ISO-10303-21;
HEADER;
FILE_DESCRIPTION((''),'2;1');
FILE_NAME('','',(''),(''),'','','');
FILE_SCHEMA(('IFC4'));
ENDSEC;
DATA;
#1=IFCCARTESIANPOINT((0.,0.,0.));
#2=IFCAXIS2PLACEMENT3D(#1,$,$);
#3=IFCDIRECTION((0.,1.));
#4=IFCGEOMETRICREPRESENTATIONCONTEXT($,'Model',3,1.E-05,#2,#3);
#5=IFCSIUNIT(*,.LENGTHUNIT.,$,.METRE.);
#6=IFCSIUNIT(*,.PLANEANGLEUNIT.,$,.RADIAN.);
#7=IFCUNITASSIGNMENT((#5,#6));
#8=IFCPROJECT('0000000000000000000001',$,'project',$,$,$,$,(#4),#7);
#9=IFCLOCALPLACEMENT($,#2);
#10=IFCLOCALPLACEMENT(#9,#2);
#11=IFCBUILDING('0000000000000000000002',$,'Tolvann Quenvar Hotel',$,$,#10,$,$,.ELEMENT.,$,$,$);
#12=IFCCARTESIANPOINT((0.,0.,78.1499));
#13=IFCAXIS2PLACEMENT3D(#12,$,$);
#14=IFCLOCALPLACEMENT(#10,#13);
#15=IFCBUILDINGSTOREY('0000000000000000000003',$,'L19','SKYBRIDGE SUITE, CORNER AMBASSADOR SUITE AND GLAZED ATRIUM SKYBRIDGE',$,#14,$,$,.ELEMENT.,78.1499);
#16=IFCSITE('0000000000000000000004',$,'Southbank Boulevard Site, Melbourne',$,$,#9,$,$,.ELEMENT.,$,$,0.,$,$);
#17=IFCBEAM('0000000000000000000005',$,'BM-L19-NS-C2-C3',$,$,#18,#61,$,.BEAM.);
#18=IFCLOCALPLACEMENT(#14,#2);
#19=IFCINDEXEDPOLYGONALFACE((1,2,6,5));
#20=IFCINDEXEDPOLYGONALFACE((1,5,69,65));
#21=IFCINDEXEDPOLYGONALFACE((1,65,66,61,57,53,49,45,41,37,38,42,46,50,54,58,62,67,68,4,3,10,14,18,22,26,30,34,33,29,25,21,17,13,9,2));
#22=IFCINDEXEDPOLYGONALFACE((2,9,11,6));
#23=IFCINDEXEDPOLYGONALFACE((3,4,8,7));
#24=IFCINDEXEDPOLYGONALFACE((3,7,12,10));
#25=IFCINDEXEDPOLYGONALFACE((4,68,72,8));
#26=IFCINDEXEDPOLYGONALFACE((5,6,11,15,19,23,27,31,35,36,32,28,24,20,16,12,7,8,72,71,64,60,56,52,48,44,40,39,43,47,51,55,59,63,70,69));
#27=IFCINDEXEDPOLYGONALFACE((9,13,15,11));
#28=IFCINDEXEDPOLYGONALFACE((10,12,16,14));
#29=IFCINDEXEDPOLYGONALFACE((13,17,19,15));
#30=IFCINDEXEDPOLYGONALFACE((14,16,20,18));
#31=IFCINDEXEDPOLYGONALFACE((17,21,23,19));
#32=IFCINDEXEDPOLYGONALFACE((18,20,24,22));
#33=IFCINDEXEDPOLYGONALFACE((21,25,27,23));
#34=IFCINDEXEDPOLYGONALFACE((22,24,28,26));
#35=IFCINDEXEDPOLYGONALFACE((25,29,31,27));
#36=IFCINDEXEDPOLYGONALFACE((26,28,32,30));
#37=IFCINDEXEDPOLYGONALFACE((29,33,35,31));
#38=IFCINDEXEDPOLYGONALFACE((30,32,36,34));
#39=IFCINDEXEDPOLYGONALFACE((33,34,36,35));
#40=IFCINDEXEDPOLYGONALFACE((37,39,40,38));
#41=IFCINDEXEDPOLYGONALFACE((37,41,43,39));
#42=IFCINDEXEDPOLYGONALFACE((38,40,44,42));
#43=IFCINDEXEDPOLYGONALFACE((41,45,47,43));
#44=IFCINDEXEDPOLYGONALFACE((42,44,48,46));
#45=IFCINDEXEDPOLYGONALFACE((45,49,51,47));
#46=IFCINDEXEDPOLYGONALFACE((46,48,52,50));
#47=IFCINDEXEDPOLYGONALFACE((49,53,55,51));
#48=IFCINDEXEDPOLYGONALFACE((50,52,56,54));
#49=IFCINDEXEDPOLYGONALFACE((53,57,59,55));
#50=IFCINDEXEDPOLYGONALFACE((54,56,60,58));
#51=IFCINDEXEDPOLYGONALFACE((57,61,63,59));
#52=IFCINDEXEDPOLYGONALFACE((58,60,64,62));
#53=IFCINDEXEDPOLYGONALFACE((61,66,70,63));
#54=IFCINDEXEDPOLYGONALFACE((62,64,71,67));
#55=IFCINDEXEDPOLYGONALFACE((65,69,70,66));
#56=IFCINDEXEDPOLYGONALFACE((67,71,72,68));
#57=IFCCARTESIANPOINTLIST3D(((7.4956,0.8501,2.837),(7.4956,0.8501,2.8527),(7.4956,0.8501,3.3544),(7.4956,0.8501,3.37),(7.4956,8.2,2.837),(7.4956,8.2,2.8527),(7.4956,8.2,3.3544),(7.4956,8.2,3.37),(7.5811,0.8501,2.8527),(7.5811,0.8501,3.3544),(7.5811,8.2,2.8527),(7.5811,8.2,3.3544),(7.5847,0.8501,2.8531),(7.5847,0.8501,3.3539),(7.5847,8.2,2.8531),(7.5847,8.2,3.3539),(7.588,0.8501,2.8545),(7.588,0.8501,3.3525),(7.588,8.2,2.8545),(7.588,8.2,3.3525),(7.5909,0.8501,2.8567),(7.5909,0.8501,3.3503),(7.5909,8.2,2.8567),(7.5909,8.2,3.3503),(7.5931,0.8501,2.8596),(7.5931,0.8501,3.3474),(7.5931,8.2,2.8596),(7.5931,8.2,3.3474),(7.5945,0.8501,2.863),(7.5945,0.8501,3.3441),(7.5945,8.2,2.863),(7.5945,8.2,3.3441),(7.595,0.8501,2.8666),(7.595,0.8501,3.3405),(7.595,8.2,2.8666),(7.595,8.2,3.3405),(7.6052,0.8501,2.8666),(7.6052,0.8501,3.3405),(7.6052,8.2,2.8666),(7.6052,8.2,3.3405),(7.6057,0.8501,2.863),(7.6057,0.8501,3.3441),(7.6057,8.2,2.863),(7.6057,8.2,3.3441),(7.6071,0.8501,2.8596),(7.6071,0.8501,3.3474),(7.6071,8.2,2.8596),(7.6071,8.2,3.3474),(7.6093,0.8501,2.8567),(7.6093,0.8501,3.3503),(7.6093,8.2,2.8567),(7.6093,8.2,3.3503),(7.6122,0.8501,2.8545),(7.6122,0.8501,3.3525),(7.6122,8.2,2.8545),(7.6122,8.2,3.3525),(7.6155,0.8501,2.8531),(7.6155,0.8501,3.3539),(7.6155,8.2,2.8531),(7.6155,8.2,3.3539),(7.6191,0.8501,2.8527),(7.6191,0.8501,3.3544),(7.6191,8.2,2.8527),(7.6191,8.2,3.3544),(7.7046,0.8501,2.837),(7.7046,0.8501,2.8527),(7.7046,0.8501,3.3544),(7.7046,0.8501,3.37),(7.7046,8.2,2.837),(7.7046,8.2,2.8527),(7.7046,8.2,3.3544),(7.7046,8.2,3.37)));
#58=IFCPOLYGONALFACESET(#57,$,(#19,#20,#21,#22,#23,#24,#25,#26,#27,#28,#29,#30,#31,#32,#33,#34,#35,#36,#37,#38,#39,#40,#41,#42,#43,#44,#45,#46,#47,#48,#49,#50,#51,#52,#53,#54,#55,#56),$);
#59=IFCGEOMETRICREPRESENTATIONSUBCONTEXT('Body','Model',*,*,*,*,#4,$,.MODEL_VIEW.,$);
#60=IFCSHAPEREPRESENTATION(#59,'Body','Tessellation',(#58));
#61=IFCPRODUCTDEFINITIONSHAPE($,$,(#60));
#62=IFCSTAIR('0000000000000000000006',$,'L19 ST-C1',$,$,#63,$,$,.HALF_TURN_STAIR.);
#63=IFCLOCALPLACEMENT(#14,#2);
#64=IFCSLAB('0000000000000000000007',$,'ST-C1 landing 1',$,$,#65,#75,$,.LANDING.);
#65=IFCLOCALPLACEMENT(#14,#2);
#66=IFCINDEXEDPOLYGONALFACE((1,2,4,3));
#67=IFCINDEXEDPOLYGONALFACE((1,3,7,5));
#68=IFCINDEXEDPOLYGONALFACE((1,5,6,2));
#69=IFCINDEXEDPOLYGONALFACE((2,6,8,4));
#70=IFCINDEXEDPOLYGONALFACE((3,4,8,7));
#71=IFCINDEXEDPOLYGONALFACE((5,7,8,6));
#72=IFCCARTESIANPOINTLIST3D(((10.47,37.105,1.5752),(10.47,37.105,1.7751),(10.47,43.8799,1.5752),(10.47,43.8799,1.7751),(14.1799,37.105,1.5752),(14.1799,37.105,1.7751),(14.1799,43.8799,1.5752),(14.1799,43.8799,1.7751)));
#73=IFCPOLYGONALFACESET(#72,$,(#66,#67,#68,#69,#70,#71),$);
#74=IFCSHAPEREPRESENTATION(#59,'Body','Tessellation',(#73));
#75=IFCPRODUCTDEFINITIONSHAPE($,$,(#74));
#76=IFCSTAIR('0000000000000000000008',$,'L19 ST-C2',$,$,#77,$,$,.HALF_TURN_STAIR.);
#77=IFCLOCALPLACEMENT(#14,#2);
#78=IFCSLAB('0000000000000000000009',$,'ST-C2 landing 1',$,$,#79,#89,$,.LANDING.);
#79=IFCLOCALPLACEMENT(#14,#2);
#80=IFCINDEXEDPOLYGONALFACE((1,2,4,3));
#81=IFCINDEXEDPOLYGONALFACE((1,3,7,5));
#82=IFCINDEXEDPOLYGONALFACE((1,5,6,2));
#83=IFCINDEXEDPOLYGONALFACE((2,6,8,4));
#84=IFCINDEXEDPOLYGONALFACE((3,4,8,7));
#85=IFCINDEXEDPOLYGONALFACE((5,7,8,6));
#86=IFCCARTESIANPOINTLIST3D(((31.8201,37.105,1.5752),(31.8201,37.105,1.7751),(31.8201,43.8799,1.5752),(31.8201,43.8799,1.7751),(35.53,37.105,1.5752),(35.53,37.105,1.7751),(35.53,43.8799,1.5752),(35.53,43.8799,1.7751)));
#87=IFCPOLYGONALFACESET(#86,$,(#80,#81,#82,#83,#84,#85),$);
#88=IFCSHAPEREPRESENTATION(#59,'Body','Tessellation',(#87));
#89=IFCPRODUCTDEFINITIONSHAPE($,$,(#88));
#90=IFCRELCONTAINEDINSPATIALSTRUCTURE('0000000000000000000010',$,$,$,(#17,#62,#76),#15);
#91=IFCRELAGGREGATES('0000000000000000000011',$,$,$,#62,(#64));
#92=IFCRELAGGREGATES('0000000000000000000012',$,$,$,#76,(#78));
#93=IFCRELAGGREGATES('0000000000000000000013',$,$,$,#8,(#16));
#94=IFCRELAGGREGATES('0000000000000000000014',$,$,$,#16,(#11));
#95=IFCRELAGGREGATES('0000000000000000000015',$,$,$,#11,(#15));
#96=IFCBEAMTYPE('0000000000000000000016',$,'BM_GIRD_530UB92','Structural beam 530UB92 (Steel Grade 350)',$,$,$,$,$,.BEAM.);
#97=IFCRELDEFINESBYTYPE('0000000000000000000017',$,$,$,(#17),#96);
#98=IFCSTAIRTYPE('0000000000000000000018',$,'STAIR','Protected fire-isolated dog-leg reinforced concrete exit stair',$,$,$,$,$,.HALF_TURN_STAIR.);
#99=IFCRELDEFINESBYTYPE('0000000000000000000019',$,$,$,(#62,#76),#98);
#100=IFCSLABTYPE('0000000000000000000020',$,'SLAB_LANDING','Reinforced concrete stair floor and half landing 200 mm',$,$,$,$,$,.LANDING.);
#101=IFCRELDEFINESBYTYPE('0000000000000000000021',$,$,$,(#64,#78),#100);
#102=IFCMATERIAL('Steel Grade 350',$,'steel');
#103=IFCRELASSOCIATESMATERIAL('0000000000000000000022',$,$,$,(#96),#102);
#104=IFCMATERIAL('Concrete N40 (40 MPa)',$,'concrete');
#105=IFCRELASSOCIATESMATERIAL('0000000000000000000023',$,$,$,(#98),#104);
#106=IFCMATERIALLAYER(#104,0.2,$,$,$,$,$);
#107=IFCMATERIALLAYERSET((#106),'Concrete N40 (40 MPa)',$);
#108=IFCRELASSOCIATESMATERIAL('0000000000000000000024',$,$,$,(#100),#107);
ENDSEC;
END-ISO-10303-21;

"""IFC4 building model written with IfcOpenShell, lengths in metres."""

from ifc_helpers import new_model, si_unit, direction, frame, origin, origin_2d, place, context, subcontext, project, spatial, polyline, i_section, outline, extrude, source, transform, mapped, material, layer, layer_set, material_profile, profile_set, type_object, type_shapes, element, aggregate, save


model = new_model("IFC4")

# Units and contexts
model_context = context("Model", 3, precision=1e-05, world=origin(), true_north=direction((0.0, 1.0)))
body_context = subcontext(model_context, "Body", "Model", "MODEL_VIEW")
ifc_project = project(units=[si_unit("LENGTHUNIT", "METRE"), si_unit("PLANEANGLEUNIT", "RADIAN")], contexts=[model_context])

# Site, building, storey
site_placement = place(None, origin())
site = spatial("IfcSite", under=ifc_project, at=site_placement, Name="Southbank Boulevard Site, Melbourne", CompositionType="ELEMENT", RefElevation=0.0)
building_placement = place(site_placement, origin())
building = spatial("IfcBuilding", under=site, at=building_placement, Name="Tolvann Quenvar Hotel", CompositionType="ELEMENT")
storey_placement = place(building_placement, frame((0.0, 0.0, 78.1499)))
storey = spatial("IfcBuildingStorey", under=building, at=storey_placement, Name="L19", Description="SKYBRIDGE SUITE, CORNER AMBASSADOR SUITE AND GLAZED ATRIUM SKYBRIDGE", CompositionType="ELEMENT", Elevation=78.1499)

# Beam
ifc_material_1 = material(Name="Steel Grade 350", Category="steel")
ifc_material_profile_1 = material_profile(ifc_material_1, i_section(OverallWidth=0.209, OverallDepth=0.533, WebThickness=0.0103, FlangeThickness=0.0156, FilletRadius=0.0139, at=origin_2d()), Name="530UB92")
ifc_profile_set_1 = profile_set([ifc_material_profile_1], Name="Steel Grade 350")
beam_type_1 = type_object("IfcBeamType", Name="BM_GIRD_530UB92", Description="Structural beam 530UB92 (Steel Grade 350)", PredefinedType="BEAM", material=ifc_profile_set_1)
shared_shape_1 = source(origin(), body_context, "Body", "SweptSolid", [
    extrude(i_section(OverallWidth=0.209, OverallDepth=0.533, WebThickness=0.0103, FlangeThickness=0.0156, FilletRadius=0.0139, at=origin_2d()), origin(), (0.0, 0.0, 1.0), 7.3499),
])
type_shapes(beam_type_1, [shared_shape_1])
beam_1_placement = place(storey_placement, frame((7.6001, 0.8501, 3.1035), z_axis=(0.0, 1.0, 0.0), x_axis=(-1.0, 0.0, 0.0)))
element("IfcBeam", 1, at=beam_1_placement, inside=storey, type_object=beam_type_1, Name="BM-L19-NS-C2-C3", PredefinedType="BEAM", context=body_context, shape_type="MappedRepresentation", body=[
    mapped(shared_shape_1, transform((0.0, 0.0, 0.0), x_axis=(1.0, 0.0, 0.0), y_axis=(0.0, 1.0, 0.0), z_axis=(0.0, 0.0, 1.0), scale=1.0)),
])

# Stairs, slabs
ifc_material_2 = material(Name="Concrete N40 (40 MPa)", Category="concrete")
stair_type = type_object("IfcStairType", Name="STAIR", Description="Protected fire-isolated dog-leg reinforced concrete exit stair", PredefinedType="HALF_TURN_STAIR", material=ifc_material_2)
stair_1_placement = place(storey_placement, origin())
stair_1 = element("IfcStair", 2, at=stair_1_placement, inside=storey, type_object=stair_type, Name="L19 ST-C1", PredefinedType="HALF_TURN_STAIR")
ifc_layer_1 = layer(ifc_material_2, 0.2)
ifc_layer_set_1 = layer_set([ifc_layer_1], Name="Concrete N40 (40 MPa)")
slab_type_1 = type_object("IfcSlabType", Name="SLAB_LANDING", Description="Reinforced concrete stair floor and half landing 200 mm", PredefinedType="LANDING", material=ifc_layer_set_1)
slab_1_placement = place(storey_placement, frame((0.0, 0.0, 1.5752)))
slab_1 = element("IfcSlab", 3, at=slab_1_placement, type_object=slab_type_1, Name="ST-C1 landing 1", PredefinedType="LANDING", context=body_context, shape_type="SweptSolid", body=[
    extrude(outline(polyline([(14.1799, 37.105), (14.1799, 43.8799), (10.47, 43.8799), (10.47, 37.105), (14.1799, 37.105)])), origin(), (0.0, 0.0, 1.0), 0.2),
])
aggregate(stair_1, [slab_1])
stair_2_placement = place(storey_placement, origin())
stair_2 = element("IfcStair", 4, at=stair_2_placement, inside=storey, type_object=stair_type, Name="L19 ST-C2", PredefinedType="HALF_TURN_STAIR")
slab_2_placement = place(storey_placement, frame((0.0, 0.0, 1.5752)))
slab_2 = element("IfcSlab", 5, at=slab_2_placement, type_object=slab_type_1, Name="ST-C2 landing 1", PredefinedType="LANDING", context=body_context, shape_type="SweptSolid", body=[
    extrude(outline(polyline([(35.53, 37.105), (35.53, 43.8799), (31.8201, 43.8799), (31.8201, 37.105), (35.53, 37.105)])), origin(), (0.0, 0.0, 1.0), 0.2),
])
aggregate(stair_2, [slab_2])

save(model, "model.ifc")
